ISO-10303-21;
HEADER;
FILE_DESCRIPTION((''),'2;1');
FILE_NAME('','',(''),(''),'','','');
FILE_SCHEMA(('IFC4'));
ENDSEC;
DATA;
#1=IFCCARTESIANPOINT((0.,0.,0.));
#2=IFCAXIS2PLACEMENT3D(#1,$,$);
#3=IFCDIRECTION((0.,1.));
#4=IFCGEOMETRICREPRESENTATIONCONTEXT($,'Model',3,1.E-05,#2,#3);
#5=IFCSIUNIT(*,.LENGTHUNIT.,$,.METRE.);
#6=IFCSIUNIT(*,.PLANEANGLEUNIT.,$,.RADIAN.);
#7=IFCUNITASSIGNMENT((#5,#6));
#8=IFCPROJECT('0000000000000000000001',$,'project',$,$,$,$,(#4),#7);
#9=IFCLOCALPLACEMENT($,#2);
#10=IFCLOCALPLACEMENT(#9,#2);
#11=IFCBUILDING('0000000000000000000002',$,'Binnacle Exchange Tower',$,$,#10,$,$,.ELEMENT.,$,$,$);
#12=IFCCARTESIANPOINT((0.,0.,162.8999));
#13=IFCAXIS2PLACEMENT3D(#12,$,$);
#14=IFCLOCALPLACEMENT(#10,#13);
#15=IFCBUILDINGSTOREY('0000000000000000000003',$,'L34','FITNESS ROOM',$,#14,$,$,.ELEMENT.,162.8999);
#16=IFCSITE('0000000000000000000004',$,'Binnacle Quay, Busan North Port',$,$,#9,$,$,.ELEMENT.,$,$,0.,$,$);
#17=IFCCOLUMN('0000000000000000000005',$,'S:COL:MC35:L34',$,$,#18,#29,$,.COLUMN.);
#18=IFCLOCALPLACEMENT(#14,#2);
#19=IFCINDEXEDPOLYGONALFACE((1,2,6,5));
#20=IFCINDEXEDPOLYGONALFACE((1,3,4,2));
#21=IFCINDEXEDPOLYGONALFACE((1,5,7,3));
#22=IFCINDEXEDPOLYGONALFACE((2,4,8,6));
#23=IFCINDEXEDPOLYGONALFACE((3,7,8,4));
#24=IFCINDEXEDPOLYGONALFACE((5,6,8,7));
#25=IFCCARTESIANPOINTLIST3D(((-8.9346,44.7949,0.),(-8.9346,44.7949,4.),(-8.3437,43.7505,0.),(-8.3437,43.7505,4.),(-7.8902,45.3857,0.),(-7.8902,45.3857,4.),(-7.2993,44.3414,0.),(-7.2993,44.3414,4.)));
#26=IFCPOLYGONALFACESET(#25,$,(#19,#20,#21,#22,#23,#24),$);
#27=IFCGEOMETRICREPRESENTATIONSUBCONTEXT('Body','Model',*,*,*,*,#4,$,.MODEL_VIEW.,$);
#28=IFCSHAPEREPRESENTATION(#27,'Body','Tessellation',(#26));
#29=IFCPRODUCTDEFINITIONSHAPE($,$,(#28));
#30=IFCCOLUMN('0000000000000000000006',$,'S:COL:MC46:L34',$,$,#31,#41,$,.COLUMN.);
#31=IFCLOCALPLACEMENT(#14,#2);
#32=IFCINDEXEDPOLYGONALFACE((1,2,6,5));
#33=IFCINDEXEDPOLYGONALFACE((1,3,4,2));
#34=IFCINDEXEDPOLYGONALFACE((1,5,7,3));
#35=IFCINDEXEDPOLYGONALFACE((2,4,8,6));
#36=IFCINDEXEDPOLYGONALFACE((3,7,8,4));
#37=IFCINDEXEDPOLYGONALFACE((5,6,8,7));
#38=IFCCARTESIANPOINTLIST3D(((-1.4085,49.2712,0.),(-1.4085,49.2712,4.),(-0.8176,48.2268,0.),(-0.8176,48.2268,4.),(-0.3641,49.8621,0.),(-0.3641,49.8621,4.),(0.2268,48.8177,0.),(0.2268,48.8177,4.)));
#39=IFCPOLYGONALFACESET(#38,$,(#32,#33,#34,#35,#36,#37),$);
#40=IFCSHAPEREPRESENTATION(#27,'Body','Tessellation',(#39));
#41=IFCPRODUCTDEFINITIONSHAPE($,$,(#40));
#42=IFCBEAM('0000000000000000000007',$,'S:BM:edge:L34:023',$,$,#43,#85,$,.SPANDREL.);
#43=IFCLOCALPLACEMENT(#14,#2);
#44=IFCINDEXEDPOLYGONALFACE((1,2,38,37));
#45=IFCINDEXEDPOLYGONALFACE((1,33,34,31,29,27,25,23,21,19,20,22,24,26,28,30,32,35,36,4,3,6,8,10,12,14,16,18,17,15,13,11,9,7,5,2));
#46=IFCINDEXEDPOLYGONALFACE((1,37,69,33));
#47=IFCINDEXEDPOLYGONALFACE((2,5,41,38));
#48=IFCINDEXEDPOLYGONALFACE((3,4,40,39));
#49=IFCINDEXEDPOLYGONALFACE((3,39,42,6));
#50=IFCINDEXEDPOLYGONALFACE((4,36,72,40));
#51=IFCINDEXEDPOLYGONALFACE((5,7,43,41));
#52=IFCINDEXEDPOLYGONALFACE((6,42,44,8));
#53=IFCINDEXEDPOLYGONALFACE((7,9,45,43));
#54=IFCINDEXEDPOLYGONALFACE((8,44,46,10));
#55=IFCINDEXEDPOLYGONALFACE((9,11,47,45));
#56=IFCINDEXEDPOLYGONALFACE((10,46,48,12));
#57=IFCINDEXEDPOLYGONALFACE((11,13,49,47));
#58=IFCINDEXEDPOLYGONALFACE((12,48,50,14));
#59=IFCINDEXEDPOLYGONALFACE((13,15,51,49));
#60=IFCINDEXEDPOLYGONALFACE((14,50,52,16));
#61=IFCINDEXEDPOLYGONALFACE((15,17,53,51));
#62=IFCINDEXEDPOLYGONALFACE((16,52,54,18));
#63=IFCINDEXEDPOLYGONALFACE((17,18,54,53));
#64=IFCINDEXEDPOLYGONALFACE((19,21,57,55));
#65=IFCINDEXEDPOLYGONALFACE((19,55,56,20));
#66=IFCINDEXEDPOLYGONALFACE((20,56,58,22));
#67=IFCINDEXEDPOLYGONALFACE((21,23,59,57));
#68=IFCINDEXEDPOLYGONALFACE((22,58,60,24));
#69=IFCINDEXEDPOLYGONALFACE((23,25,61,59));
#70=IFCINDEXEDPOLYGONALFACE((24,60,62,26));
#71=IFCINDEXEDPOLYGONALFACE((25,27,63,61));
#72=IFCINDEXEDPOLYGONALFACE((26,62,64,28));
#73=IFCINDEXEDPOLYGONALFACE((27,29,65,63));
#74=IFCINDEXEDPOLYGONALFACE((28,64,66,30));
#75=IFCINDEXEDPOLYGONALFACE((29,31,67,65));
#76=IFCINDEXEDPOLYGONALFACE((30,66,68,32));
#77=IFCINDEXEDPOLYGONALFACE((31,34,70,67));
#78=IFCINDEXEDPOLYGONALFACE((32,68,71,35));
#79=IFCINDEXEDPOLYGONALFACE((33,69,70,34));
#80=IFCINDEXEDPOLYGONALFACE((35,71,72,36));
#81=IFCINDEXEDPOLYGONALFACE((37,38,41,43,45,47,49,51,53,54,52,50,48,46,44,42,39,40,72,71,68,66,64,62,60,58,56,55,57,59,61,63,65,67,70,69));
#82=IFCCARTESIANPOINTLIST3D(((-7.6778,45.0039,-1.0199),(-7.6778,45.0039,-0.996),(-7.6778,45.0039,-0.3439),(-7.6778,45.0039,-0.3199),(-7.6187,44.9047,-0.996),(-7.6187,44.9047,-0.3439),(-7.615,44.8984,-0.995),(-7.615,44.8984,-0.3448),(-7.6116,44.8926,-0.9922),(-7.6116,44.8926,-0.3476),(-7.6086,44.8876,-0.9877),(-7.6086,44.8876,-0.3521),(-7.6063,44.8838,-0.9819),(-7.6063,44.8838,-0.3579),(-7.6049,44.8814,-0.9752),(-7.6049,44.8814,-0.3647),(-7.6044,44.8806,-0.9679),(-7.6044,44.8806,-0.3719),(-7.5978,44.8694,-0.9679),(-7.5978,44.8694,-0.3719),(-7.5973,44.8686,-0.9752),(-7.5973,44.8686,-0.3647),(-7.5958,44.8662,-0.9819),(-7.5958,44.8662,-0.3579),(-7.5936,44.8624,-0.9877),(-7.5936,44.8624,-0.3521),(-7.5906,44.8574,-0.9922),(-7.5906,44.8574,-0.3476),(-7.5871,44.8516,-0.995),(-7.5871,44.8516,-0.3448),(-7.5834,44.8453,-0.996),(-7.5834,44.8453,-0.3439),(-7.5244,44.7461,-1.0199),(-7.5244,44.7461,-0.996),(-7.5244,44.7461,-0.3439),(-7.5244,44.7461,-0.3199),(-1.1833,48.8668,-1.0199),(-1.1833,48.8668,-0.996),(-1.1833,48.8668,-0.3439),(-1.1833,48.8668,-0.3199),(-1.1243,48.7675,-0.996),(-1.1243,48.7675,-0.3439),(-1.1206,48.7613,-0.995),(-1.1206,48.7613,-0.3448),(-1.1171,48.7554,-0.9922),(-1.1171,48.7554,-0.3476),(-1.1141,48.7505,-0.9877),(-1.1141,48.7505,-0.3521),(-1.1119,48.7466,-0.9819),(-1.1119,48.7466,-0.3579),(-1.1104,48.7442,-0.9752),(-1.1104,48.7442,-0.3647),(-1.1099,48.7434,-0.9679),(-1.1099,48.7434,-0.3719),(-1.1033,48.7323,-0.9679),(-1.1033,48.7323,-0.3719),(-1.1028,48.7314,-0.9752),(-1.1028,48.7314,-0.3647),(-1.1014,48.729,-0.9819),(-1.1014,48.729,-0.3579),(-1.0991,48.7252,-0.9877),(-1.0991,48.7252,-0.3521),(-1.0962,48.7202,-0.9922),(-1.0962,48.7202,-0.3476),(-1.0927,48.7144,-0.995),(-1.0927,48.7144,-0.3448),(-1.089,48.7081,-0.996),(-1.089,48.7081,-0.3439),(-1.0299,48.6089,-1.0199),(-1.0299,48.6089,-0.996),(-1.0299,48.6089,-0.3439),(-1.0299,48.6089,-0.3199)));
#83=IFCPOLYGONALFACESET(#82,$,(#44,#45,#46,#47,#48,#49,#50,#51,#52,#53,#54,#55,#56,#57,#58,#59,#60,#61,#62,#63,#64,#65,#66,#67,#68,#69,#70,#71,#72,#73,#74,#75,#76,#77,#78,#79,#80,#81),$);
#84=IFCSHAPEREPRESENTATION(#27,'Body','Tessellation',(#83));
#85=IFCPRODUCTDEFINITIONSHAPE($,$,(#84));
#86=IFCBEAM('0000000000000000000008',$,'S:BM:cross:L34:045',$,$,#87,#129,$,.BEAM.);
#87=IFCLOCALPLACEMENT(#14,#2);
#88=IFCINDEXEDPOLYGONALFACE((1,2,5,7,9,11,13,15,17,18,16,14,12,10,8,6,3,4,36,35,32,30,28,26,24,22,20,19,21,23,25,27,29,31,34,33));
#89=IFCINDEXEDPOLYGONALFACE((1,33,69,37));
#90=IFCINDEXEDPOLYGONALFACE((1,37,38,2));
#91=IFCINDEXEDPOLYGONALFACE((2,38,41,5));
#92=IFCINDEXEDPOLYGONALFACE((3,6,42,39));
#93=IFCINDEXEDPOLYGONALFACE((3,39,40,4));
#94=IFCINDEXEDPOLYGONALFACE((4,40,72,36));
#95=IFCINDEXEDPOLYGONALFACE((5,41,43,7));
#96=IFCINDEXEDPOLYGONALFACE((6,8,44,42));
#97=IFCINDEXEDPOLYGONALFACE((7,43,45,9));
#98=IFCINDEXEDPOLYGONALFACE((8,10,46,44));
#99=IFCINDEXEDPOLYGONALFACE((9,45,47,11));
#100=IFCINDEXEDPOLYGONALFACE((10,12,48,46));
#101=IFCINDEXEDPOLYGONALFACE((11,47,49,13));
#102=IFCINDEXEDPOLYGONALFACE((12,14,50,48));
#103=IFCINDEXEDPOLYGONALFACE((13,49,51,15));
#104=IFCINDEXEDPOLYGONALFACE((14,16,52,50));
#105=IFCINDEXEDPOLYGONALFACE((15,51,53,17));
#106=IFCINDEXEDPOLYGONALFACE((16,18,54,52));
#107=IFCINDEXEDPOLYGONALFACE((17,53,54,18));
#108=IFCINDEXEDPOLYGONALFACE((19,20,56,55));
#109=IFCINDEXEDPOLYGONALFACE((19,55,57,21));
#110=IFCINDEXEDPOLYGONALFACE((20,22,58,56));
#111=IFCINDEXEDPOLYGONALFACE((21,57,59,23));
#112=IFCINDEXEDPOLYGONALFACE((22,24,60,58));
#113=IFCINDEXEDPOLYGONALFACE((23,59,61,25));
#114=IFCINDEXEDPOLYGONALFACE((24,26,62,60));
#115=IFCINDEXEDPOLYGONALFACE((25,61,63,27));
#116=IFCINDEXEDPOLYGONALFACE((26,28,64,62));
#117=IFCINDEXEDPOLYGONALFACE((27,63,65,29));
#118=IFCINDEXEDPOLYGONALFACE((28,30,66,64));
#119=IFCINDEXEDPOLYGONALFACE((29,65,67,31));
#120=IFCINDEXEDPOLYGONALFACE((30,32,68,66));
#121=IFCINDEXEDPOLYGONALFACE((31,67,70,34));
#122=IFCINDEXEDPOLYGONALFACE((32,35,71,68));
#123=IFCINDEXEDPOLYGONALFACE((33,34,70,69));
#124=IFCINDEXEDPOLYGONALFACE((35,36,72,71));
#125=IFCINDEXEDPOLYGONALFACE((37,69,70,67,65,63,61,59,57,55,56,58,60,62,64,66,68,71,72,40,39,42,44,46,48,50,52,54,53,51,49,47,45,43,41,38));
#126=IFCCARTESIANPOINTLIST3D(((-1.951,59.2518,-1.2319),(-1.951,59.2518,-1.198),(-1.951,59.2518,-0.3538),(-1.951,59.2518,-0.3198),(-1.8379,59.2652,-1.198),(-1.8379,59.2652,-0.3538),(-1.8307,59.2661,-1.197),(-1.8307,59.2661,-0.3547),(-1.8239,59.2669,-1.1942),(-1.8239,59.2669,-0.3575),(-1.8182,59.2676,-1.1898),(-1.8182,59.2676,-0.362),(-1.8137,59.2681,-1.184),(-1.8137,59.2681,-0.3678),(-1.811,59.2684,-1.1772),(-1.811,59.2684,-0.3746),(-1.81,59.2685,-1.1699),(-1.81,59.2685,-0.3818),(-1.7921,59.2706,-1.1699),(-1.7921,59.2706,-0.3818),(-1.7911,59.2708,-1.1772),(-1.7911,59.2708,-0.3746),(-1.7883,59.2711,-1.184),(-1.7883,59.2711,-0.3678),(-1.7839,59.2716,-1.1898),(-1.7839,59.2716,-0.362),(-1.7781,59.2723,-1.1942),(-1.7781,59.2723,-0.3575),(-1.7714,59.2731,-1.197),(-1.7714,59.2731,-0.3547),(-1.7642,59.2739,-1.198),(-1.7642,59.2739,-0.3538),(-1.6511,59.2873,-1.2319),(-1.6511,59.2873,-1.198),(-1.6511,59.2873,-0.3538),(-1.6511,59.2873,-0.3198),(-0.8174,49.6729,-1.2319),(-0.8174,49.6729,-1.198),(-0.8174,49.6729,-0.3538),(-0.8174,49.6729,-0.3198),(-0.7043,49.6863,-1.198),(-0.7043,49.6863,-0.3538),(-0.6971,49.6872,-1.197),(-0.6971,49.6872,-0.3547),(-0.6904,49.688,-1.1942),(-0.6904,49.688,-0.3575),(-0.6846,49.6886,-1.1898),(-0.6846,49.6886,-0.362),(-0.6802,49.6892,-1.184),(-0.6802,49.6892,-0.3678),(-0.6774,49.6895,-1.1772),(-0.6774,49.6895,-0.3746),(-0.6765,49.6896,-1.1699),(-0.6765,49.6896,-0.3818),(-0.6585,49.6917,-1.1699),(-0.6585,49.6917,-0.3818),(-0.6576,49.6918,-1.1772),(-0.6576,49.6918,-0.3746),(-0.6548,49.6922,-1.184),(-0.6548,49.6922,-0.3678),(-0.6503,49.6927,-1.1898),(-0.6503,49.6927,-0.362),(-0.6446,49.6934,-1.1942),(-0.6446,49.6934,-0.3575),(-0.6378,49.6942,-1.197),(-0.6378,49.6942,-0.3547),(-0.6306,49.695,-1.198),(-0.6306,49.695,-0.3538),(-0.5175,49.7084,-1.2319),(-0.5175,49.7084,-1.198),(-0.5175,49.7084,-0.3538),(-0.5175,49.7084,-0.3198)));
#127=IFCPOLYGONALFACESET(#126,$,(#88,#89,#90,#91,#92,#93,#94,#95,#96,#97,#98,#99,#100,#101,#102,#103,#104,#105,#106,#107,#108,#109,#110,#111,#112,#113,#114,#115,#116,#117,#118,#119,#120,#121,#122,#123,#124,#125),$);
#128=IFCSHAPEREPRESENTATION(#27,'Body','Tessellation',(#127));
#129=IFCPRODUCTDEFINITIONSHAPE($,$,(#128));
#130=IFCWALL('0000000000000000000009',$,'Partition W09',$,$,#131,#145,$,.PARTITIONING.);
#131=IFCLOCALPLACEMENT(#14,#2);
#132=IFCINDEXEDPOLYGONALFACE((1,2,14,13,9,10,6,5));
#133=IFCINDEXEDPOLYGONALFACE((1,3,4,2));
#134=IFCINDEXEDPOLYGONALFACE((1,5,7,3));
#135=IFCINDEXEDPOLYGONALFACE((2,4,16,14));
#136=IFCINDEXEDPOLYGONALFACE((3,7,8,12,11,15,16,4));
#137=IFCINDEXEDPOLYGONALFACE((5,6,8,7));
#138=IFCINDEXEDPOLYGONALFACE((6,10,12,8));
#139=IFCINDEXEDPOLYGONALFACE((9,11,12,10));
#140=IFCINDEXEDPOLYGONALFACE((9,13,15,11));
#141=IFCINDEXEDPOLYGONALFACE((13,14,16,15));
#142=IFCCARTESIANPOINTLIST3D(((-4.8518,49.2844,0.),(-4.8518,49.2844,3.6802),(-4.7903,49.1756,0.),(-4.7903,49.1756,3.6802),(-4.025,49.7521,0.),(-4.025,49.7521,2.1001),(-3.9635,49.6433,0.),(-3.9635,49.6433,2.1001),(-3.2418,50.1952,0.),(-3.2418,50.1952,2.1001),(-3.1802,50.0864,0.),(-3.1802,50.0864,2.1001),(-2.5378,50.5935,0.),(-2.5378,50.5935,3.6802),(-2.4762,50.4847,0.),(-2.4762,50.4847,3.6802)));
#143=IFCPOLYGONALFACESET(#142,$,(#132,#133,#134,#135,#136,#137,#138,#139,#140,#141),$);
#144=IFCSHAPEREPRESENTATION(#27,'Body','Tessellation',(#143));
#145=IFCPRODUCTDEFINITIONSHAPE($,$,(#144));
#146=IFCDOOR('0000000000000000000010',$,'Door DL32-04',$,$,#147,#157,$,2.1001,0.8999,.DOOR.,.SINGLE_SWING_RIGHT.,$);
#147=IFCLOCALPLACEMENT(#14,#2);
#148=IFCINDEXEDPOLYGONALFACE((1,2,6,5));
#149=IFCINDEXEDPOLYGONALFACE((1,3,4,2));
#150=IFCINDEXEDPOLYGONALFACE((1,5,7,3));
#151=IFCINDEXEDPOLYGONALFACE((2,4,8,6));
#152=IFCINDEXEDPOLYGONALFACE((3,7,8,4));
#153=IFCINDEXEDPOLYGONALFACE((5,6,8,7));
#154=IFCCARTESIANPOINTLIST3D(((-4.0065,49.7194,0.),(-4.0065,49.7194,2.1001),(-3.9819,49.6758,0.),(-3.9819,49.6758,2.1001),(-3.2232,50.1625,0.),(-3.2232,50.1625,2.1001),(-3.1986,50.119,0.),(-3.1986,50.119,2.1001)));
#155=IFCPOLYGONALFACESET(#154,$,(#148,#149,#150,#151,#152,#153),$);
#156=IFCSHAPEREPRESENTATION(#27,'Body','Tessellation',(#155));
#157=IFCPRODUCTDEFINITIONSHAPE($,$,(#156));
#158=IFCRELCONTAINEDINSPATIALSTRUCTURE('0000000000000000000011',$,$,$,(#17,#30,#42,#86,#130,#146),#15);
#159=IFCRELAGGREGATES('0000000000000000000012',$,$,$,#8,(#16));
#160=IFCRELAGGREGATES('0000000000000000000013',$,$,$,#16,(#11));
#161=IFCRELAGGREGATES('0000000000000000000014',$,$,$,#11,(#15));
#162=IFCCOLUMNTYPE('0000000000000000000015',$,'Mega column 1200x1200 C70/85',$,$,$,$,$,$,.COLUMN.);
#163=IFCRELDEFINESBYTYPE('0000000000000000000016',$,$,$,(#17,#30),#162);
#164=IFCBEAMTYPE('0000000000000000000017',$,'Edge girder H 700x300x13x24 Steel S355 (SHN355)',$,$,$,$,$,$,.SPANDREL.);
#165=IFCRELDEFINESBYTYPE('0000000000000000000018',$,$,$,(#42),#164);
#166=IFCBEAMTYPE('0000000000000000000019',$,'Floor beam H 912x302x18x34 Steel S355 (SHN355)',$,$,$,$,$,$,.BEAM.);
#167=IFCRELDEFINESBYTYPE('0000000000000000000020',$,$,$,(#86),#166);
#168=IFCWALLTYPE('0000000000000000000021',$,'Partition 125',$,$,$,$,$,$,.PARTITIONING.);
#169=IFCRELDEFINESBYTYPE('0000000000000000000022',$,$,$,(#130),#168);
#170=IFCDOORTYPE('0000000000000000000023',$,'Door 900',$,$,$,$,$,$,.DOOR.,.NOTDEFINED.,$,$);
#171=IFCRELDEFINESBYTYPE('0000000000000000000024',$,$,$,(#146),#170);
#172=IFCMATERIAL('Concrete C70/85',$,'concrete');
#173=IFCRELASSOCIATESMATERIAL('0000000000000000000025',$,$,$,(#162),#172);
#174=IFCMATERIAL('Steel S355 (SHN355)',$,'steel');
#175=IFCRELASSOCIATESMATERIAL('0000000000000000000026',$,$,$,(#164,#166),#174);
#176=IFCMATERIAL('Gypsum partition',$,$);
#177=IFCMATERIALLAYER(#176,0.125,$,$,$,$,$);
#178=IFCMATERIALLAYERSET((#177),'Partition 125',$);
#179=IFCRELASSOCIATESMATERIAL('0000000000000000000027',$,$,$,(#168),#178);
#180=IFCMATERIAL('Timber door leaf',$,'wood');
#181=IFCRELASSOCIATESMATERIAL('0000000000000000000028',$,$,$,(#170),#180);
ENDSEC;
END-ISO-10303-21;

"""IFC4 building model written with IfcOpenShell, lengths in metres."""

from ifc_helpers import new_model, si_unit, direction, frame, frame_2d, origin, origin_2d, place, context, subcontext, project, spatial, rectangle, i_section, extrude, material, layer, layer_set, material_profile, profile_set, type_object, element, fill, save


model = new_model("IFC4")

# Units and contexts
model_context = context("Model", 3, precision=1e-05, world=origin(), true_north=direction((0.0, 1.0)))
body_context = subcontext(model_context, "Body", "Model", "MODEL_VIEW")
ifc_project = project(units=[si_unit("LENGTHUNIT", "METRE"), si_unit("PLANEANGLEUNIT", "RADIAN")], contexts=[model_context])

# Site, building, storey
site_placement = place(None, origin())
site = spatial("IfcSite", under=ifc_project, at=site_placement, Name="Binnacle Quay, Busan North Port", CompositionType="ELEMENT", RefElevation=0.0)
building_placement = place(site_placement, origin())
building = spatial("IfcBuilding", under=site, at=building_placement, Name="Binnacle Exchange Tower", CompositionType="ELEMENT")
storey_placement = place(building_placement, frame((0.0, 0.0, 162.8999)))
storey = spatial("IfcBuildingStorey", under=building, at=storey_placement, Name="L34", Description="FITNESS ROOM", CompositionType="ELEMENT", Elevation=162.8999)

# Columns
ifc_material_1 = material(Name="Concrete C70/85", Category="concrete")
ifc_material_profile_1 = material_profile(ifc_material_1, rectangle(XDim=1.2, YDim=1.2, at=origin_2d()), Name="Mega column 1200x1200 C70/85")
ifc_profile_set_1 = profile_set([ifc_material_profile_1], Name="Concrete C70/85")
column_type = type_object("IfcColumnType", Name="Mega column 1200x1200 C70/85", PredefinedType="COLUMN", material=ifc_profile_set_1)
for number, where, z_axis, x_axis, name in (
    (1, (-8.1169, 44.5681, 0.0), (0.0, 0.0, 1.0), (0.870356, 0.492424, 0.0), "S:COL:MC35:L34"),
    (2, (-0.5908, 49.0444, 0.0), (0.0, 0.0, 1.0), (0.870356, 0.492424, 0.0), "S:COL:MC46:L34"),
):
    element("IfcColumn", number, at=place(storey_placement, frame(where, z_axis=z_axis, x_axis=x_axis)), inside=storey, type_object=column_type, Name=name, PredefinedType="COLUMN", context=body_context, shape_type="SweptSolid", body=[
        extrude(rectangle(XDim=1.2, YDim=1.2, at=origin_2d()), origin(), (0.0, 0.0, 1.0), 4.0),
    ])

# Beams
ifc_material_2 = material(Name="Steel S355 (SHN355)", Category="steel")
ifc_material_profile_2 = material_profile(ifc_material_2, i_section(OverallWidth=0.3, OverallDepth=0.7, WebThickness=0.0129, FlangeThickness=0.0239, FilletRadius=0.0281, at=origin_2d()), Name="H 700x300x13x24")
ifc_profile_set_2 = profile_set([ifc_material_profile_2], Name="Steel S355 (SHN355)")
beam_type_1 = type_object("IfcBeamType", Name="Edge girder H 700x300x13x24 Steel S355 (SHN355)", PredefinedType="SPANDREL", material=ifc_profile_set_2)
beam_1_placement = place(storey_placement, frame((-7.6011, 44.875, -0.6699), z_axis=(0.859462, 0.511199, 0.0), x_axis=(-0.511199, 0.859462, 0.0)))
element("IfcBeam", 3, at=beam_1_placement, inside=storey, type_object=beam_type_1, Name="S:BM:edge:L34:023", PredefinedType="SPANDREL", context=body_context, shape_type="SweptSolid", body=[
    extrude(i_section(OverallWidth=0.3, OverallDepth=0.7, WebThickness=0.0129, FlangeThickness=0.0239, FilletRadius=0.0281, at=origin_2d()), origin(), (0.0, 0.0, 1.0), 7.5564),
])
ifc_material_profile_3 = material_profile(ifc_material_2, i_section(OverallWidth=0.302, OverallDepth=0.9121, WebThickness=0.0181, FlangeThickness=0.0339, FilletRadius=0.0281, at=origin_2d()), Name="H 912x302x18x34")
ifc_profile_set_3 = profile_set([ifc_material_profile_3], Name="Steel S355 (SHN355)")
beam_type_2 = type_object("IfcBeamType", Name="Floor beam H 912x302x18x34 Steel S355 (SHN355)", PredefinedType="BEAM", material=ifc_profile_set_3)
beam_2_placement = place(storey_placement, frame((-0.6675, 49.6907, -0.7759), z_axis=(-0.117518, 0.993071, 0.0), x_axis=(-0.993071, -0.117518, 0.0)))
element("IfcBeam", 4, at=beam_2_placement, inside=storey, type_object=beam_type_2, Name="S:BM:cross:L34:045", PredefinedType="BEAM", context=body_context, shape_type="SweptSolid", body=[
    extrude(i_section(OverallWidth=0.302, OverallDepth=0.9121, WebThickness=0.0181, FlangeThickness=0.0339, FilletRadius=0.0281, at=origin_2d()), origin(), (0.0, 0.0, 1.0), 9.6458),
])

# Wall, opening, door
ifc_material_3 = material(Name="Gypsum partition")
ifc_layer_1 = layer(ifc_material_3, 0.125)
ifc_layer_set_1 = layer_set([ifc_layer_1], Name="Partition 125")
wall_type_1 = type_object("IfcWallType", Name="Partition 125", PredefinedType="PARTITIONING", material=ifc_layer_set_1)
wall_1_placement = place(storey_placement, frame((-4.821, 49.23, 0.0), z_axis=(0.0, 0.0, 1.0), x_axis=(0.870371, 0.492396, 0.0)))
wall_1 = element("IfcWall", 5, at=wall_1_placement, inside=storey, type_object=wall_type_1, Name="Partition W09", PredefinedType="PARTITIONING", context=body_context, shape_type="SweptSolid", body=[
    extrude(rectangle(XDim=2.6587, YDim=0.125, at=frame_2d((1.3293, 0.0))), origin(), (0.0, 0.0, 1.0), 3.6802),
])
opening_1_placement = place(wall_1_placement, frame((0.95, 0.0, 0.0)))
opening_1 = element("IfcOpeningElement", 6, at=opening_1_placement, cuts=wall_1, PredefinedType="OPENING", context=body_context, shape_type="SweptSolid", body=[
    extrude(rectangle(XDim=0.8999, YDim=2.1001, at=frame_2d((0.45, 1.05))), frame((0.0, 0.0725, 0.0), z_axis=(0.0, -1.0, 0.0), x_axis=(1.0, 0.0, 0.0)), (0.0, 0.0, 1.0), 0.145),
])
ifc_material_4 = material(Name="Timber door leaf", Category="wood")
door_type_1 = type_object("IfcDoorType", Name="Door 900", OperationType="NOTDEFINED", PredefinedType="DOOR", material=ifc_material_4)
door_1_placement = place(opening_1_placement, origin())
door_1 = element("IfcDoor", 7, at=door_1_placement, inside=storey, type_object=door_type_1, Name="Door DL32-04", OperationType="SINGLE_SWING_RIGHT", OverallHeight=2.1001, OverallWidth=0.8999, PredefinedType="DOOR", context=body_context, shape_type="SweptSolid", body=[
    extrude(rectangle(XDim=0.8999, YDim=2.1001, at=frame_2d((0.45, 1.05))), frame((0.0, 0.0249, 0.0), z_axis=(0.0, -1.0, 0.0), x_axis=(1.0, 0.0, 0.0)), (0.0, 0.0, 1.0), 0.05),
])
fill(opening_1, door_1)

save(model, "model.ifc")
